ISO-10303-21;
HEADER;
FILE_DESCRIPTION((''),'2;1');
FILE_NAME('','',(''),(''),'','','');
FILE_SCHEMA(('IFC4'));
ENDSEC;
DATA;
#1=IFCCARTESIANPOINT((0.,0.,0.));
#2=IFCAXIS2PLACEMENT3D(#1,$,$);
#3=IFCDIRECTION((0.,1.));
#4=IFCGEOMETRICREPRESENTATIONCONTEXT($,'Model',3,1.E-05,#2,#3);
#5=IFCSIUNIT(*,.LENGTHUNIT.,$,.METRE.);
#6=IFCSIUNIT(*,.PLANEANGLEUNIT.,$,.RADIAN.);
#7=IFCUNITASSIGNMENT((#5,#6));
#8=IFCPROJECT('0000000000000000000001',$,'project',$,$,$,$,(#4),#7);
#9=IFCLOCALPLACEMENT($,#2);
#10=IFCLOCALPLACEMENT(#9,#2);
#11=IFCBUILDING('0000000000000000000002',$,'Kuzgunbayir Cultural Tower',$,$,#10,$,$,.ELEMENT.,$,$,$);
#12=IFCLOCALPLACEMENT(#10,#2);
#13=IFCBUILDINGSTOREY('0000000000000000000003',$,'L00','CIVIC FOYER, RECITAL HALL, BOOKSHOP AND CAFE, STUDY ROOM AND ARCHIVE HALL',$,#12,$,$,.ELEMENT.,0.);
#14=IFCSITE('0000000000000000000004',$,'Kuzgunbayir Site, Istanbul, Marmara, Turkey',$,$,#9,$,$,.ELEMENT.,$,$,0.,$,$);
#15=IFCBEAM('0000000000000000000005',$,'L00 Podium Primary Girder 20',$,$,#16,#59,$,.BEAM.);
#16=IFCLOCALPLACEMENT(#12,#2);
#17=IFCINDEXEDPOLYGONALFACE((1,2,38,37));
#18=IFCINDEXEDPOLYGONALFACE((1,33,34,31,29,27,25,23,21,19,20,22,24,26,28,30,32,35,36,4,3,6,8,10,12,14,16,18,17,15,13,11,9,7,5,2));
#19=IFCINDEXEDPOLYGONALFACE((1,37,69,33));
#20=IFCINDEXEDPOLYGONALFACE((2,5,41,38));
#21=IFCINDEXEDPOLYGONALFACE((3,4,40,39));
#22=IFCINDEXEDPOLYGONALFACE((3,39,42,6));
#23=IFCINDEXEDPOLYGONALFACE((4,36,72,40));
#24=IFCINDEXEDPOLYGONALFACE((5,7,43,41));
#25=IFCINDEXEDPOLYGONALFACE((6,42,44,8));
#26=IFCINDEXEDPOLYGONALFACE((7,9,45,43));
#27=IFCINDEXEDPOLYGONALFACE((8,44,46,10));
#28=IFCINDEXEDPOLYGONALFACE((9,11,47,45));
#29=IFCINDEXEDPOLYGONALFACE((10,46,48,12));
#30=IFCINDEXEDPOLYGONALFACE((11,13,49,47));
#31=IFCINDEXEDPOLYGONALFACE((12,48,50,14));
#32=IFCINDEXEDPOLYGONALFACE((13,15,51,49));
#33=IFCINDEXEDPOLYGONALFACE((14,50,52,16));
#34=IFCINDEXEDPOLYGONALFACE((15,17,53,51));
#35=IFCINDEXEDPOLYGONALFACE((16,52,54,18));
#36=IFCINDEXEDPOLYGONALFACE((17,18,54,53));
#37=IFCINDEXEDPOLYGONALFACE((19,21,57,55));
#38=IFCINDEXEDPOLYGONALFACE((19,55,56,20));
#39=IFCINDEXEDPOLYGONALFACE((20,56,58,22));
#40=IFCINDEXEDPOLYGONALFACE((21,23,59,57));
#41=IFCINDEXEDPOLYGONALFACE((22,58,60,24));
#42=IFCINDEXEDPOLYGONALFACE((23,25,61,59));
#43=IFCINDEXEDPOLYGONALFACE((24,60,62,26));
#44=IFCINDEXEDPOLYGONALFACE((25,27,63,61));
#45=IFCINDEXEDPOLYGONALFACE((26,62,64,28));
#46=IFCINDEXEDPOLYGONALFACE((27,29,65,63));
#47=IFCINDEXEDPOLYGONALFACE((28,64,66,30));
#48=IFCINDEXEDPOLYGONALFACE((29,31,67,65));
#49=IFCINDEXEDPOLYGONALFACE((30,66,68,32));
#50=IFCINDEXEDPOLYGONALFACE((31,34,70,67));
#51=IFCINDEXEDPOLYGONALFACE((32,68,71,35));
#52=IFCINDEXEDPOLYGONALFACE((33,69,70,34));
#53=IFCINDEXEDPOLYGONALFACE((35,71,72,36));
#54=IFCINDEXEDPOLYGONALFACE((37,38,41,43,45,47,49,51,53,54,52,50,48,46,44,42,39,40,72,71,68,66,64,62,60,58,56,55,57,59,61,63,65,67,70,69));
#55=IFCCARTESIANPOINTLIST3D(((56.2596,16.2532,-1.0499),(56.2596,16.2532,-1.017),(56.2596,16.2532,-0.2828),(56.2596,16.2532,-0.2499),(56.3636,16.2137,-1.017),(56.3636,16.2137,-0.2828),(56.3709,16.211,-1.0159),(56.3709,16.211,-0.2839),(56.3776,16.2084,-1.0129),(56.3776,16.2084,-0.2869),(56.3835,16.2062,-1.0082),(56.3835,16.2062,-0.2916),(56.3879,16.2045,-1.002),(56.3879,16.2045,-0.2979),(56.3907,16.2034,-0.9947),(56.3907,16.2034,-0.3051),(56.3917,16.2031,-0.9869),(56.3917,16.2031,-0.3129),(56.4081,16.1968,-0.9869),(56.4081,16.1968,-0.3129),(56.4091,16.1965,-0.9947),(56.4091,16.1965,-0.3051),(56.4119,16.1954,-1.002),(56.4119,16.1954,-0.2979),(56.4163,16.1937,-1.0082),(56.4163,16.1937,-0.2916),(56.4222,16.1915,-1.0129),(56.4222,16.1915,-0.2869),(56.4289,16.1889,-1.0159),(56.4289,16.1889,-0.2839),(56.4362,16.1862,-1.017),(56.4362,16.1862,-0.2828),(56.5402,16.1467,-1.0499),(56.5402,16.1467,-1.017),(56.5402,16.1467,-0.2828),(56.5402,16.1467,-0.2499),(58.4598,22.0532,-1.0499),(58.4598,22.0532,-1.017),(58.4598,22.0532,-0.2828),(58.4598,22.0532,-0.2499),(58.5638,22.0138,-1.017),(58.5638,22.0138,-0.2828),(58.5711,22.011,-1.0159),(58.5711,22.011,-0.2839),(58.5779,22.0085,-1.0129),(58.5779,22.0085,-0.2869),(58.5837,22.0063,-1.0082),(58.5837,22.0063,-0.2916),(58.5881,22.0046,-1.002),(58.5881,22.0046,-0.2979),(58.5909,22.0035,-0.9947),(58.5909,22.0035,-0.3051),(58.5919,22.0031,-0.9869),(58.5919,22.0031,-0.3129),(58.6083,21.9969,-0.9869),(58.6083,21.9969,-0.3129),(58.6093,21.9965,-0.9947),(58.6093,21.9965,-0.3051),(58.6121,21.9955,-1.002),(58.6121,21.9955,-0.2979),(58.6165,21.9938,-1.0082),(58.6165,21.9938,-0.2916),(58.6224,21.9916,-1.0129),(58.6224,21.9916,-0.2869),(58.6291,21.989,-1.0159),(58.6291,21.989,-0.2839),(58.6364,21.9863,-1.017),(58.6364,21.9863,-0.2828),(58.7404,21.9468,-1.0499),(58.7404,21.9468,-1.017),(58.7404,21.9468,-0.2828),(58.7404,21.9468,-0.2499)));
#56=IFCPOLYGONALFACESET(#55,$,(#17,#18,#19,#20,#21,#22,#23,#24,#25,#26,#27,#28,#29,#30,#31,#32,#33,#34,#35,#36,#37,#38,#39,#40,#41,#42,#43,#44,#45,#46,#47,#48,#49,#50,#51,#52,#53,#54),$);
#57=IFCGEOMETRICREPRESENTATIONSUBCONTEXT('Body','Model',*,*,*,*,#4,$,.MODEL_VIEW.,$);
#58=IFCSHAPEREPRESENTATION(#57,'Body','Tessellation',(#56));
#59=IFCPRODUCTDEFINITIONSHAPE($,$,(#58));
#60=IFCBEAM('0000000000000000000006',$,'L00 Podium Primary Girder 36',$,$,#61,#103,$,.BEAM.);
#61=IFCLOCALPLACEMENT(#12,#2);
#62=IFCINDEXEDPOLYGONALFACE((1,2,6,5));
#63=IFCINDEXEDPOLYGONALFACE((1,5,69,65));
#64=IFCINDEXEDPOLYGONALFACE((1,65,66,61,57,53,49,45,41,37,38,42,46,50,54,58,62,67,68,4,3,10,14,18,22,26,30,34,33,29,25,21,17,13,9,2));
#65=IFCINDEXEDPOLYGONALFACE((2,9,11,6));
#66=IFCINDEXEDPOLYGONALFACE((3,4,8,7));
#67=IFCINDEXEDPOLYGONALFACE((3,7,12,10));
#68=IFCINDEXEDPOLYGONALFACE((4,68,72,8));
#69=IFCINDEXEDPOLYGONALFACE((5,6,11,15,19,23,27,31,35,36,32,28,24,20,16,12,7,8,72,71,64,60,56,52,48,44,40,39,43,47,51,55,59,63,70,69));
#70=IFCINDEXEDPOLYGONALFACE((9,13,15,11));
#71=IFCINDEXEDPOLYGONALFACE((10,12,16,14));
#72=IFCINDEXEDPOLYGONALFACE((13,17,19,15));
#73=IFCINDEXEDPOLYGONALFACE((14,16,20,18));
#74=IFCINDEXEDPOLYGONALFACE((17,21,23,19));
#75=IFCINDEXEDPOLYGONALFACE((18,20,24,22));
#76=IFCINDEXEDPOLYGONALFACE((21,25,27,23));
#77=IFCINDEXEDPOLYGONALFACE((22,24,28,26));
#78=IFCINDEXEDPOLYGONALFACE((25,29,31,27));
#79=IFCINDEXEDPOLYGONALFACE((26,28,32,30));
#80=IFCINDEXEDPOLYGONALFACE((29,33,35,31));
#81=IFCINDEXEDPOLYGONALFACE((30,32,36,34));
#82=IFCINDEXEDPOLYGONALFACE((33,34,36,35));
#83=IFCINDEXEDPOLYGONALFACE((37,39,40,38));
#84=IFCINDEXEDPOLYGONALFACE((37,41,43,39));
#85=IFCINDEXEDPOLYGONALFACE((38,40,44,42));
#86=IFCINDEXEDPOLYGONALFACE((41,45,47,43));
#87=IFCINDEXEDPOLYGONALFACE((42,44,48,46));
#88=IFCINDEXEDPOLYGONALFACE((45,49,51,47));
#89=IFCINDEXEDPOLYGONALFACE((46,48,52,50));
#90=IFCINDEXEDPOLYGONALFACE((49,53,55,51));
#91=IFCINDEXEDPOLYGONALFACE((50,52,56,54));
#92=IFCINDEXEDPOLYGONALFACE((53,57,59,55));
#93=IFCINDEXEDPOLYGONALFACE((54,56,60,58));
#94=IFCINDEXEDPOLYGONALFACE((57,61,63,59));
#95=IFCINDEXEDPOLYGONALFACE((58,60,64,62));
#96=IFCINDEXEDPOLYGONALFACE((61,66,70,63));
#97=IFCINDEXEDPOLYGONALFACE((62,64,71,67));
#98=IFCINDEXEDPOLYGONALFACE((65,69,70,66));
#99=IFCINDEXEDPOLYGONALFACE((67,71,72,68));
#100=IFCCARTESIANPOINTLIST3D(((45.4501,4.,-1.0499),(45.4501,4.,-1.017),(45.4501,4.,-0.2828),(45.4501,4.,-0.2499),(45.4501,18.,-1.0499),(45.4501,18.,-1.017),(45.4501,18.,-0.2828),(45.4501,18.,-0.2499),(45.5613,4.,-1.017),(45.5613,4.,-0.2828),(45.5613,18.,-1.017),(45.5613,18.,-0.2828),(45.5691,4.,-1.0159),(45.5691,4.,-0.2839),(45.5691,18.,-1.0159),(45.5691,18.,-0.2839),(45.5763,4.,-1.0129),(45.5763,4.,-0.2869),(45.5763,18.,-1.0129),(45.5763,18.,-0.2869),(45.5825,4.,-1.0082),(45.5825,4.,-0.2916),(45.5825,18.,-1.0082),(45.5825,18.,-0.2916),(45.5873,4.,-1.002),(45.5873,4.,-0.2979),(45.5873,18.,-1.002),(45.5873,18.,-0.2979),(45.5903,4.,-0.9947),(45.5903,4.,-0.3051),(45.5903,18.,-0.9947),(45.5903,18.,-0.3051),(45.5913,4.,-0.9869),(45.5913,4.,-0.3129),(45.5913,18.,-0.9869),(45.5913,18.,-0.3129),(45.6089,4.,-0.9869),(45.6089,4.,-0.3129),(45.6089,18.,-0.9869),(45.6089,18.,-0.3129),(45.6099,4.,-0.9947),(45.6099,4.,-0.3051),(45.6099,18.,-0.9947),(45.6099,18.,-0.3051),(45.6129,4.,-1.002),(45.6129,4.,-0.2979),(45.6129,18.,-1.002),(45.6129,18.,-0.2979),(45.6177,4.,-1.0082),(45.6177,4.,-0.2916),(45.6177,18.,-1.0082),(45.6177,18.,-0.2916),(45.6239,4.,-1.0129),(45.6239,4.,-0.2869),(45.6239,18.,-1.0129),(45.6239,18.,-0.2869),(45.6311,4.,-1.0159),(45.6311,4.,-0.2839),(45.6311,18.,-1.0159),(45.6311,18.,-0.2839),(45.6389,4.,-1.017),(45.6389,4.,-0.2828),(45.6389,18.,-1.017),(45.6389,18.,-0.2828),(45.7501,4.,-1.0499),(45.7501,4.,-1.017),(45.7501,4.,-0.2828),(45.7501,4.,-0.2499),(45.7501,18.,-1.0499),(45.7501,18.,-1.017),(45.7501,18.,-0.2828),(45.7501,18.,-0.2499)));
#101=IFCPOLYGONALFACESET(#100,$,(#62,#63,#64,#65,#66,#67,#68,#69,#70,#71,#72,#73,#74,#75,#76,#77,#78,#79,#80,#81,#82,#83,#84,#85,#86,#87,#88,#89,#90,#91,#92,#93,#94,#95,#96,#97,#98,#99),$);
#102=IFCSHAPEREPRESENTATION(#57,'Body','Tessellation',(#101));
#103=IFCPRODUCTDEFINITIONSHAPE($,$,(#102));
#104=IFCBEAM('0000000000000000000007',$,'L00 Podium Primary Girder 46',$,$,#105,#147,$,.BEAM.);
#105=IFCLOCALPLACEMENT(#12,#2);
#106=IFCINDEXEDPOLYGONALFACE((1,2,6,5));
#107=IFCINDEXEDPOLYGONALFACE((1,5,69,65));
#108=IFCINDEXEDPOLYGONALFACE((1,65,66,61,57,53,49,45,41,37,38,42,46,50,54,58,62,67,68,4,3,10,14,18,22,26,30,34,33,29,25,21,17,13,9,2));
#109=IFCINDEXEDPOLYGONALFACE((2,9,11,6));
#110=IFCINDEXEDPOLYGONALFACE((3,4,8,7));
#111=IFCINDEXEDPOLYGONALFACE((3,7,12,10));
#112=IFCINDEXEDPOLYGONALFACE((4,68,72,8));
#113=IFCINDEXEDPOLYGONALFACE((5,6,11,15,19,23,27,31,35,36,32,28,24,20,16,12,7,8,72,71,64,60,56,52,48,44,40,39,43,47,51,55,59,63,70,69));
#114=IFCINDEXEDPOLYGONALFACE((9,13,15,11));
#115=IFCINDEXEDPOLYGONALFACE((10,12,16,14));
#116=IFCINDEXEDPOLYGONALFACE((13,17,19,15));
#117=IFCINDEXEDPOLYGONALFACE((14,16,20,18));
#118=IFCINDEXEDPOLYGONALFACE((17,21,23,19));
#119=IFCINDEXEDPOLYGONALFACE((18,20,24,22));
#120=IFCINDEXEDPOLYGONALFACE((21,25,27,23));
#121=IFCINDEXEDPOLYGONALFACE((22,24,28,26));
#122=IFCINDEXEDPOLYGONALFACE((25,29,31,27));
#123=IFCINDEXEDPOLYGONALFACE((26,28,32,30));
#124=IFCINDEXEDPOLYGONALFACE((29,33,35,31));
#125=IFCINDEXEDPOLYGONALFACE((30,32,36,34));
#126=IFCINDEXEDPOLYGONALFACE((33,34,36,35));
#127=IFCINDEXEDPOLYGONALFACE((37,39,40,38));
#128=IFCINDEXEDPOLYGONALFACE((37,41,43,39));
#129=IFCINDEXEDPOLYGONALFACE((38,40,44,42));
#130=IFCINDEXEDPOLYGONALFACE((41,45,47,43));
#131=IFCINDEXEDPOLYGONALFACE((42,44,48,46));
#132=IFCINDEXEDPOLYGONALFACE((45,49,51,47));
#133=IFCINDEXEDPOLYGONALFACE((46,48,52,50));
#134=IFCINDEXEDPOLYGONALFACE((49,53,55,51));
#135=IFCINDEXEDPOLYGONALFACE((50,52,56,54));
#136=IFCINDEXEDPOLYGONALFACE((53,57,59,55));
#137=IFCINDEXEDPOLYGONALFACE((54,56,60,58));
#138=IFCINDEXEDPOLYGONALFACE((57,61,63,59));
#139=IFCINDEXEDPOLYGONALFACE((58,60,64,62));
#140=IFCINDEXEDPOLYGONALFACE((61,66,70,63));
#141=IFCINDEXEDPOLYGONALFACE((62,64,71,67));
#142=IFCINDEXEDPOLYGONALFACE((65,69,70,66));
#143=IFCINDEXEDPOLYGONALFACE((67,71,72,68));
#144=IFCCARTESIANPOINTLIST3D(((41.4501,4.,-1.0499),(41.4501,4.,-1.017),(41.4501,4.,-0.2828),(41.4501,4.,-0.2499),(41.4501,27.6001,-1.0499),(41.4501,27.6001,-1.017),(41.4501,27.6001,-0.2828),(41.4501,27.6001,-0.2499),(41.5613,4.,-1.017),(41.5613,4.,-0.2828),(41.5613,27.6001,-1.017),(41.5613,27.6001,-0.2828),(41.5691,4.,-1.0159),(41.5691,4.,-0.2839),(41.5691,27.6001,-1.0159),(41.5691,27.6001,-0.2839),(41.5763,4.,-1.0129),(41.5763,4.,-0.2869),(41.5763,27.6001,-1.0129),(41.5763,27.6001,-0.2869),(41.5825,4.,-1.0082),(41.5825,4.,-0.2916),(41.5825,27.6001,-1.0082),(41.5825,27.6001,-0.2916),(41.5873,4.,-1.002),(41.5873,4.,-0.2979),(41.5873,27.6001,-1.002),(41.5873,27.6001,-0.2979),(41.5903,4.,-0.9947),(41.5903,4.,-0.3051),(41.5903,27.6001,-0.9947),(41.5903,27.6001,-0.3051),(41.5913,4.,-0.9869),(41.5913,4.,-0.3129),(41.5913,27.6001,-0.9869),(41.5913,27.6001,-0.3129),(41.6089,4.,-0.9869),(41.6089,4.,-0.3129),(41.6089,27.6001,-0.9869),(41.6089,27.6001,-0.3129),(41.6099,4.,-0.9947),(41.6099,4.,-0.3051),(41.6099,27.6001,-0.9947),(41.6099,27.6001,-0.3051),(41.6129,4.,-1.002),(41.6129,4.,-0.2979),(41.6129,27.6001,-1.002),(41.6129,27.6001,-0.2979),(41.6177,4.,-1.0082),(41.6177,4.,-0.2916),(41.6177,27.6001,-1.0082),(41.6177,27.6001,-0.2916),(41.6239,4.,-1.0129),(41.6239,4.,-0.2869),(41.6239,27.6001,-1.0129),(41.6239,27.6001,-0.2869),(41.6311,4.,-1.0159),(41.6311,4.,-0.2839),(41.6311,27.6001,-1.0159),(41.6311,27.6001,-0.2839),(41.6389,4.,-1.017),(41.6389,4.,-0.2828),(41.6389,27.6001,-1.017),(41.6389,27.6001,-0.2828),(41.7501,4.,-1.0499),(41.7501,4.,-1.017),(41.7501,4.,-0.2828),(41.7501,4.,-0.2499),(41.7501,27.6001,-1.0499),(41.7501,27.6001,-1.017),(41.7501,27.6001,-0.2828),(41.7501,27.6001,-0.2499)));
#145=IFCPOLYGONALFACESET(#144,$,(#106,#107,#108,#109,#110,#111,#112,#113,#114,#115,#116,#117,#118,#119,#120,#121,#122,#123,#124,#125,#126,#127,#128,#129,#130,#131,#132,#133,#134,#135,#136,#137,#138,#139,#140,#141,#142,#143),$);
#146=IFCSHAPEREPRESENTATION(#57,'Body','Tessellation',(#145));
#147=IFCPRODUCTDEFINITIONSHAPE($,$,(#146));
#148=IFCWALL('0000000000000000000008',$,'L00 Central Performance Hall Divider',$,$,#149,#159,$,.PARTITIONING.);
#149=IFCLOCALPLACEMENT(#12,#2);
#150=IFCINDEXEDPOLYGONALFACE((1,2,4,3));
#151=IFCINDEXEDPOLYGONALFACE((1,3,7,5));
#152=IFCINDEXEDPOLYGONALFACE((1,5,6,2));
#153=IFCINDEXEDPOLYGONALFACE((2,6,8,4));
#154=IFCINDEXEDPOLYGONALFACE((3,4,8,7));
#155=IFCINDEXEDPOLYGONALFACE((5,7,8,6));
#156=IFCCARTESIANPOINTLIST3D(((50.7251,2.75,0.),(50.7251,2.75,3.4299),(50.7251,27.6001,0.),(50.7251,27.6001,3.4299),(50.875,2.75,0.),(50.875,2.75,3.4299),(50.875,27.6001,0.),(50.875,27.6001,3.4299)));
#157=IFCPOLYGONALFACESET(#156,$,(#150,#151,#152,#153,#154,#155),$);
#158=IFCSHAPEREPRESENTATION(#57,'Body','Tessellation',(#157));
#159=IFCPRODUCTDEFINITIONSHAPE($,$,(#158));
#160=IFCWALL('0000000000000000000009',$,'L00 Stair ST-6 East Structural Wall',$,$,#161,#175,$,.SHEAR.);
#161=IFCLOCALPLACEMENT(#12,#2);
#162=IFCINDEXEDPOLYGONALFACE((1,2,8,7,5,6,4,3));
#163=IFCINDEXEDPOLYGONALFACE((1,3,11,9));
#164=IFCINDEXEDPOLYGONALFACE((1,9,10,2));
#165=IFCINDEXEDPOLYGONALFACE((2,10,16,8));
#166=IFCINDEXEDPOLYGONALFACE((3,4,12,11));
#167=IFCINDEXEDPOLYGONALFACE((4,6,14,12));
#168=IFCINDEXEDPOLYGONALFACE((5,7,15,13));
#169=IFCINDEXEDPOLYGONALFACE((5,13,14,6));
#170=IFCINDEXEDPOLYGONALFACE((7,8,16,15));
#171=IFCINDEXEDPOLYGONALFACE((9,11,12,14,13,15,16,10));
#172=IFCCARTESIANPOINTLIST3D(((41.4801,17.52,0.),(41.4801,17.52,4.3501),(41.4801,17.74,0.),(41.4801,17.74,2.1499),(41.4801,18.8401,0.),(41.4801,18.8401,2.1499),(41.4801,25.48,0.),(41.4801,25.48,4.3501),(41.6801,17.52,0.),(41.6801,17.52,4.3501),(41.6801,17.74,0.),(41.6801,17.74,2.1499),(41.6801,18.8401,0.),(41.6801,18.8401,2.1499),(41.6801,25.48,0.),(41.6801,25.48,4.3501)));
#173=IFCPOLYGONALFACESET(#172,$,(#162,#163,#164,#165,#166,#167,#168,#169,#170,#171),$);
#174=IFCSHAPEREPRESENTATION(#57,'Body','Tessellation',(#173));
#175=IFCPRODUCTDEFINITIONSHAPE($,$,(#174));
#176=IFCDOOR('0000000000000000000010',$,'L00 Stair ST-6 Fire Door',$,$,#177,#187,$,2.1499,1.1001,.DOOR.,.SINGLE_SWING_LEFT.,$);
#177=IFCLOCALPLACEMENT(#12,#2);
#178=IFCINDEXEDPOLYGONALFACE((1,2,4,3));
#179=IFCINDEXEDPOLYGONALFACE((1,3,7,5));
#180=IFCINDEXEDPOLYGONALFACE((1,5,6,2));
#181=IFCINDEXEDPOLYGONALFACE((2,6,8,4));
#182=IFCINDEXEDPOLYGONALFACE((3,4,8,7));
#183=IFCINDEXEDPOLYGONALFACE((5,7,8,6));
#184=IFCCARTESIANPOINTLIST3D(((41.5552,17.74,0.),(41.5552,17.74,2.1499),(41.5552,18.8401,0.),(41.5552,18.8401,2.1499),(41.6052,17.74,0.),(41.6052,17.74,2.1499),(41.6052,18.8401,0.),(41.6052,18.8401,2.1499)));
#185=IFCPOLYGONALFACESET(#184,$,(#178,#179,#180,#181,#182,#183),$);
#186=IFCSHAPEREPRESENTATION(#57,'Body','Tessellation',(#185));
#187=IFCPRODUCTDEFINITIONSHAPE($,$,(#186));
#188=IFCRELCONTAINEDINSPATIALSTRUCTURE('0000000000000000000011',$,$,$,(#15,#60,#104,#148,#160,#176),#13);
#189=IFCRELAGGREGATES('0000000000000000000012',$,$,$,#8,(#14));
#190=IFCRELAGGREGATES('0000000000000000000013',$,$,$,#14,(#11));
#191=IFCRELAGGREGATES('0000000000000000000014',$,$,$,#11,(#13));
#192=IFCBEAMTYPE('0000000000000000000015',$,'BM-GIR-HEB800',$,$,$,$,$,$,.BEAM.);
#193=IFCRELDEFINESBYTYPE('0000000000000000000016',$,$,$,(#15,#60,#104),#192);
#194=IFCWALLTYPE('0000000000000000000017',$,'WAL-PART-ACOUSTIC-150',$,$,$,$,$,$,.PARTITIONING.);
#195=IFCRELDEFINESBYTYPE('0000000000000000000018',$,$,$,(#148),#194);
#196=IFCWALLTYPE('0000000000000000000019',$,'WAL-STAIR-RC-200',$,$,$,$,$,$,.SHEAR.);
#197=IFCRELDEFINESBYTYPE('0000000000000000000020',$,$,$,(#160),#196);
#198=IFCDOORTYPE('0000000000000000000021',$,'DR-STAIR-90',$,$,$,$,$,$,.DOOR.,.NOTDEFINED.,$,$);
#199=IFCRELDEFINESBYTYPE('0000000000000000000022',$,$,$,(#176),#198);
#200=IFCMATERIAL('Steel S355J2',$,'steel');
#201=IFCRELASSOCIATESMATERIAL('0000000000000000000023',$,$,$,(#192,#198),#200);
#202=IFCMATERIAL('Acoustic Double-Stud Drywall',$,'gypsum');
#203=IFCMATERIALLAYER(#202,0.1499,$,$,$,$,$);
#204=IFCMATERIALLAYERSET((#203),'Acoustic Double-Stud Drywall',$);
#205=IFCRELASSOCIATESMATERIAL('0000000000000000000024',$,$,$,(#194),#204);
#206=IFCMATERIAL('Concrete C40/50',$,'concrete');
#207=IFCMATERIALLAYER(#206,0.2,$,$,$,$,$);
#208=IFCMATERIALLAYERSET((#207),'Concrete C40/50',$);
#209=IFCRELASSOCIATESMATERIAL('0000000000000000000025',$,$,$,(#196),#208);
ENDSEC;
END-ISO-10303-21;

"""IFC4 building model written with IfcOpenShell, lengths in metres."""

from ifc_helpers import new_model, si_unit, direction, frame, frame_2d, origin, origin_2d, place, context, subcontext, project, spatial, rectangle, i_section, extrude, material, layer, layer_set, material_profile, profile_set, type_object, element, fill, save


model = new_model("IFC4")

# Units and contexts
model_context = context("Model", 3, precision=1e-05, world=origin(), true_north=direction((0.0, 1.0)))
body_context = subcontext(model_context, "Body", "Model", "MODEL_VIEW")
ifc_project = project(units=[si_unit("LENGTHUNIT", "METRE"), si_unit("PLANEANGLEUNIT", "RADIAN")], contexts=[model_context])

# Site, building, storey
site_placement = place(None, origin())
site = spatial("IfcSite", under=ifc_project, at=site_placement, Name="Kuzgunbayir Site, Istanbul, Marmara, Turkey", CompositionType="ELEMENT", RefElevation=0.0)
building_placement = place(site_placement, origin())
building = spatial("IfcBuilding", under=site, at=building_placement, Name="Kuzgunbayir Cultural Tower", CompositionType="ELEMENT")
storey_placement = place(building_placement, origin())
storey = spatial("IfcBuildingStorey", under=building, at=storey_placement, Name="L00", Description="CIVIC FOYER, RECITAL HALL, BOOKSHOP AND CAFE, STUDY ROOM AND ARCHIVE HALL", CompositionType="ELEMENT", Elevation=0.0)

# Beams
ifc_material_1 = material(Name="Steel S355J2", Category="steel")
ifc_material_profile_1 = material_profile(ifc_material_1, i_section(OverallWidth=0.3, OverallDepth=0.8, WebThickness=0.0176, FlangeThickness=0.033, FilletRadius=0.03, at=origin_2d()), Name="HEB 800")
ifc_profile_set_1 = profile_set([ifc_material_profile_1], Name="Steel S355J2")
beam_type = type_object("IfcBeamType", Name="BM-GIR-HEB800", PredefinedType="BEAM", material=ifc_profile_set_1)
beam_1_placement = place(storey_placement, frame((56.3999, 16.2, -0.6499), z_axis=(0.354679, 0.934988, 0.0), x_axis=(-0.934988, 0.354679, 0.0)))
element("IfcBeam", 1, at=beam_1_placement, inside=storey, type_object=beam_type, Name="L00 Podium Primary Girder 20", PredefinedType="BEAM", context=body_context, shape_type="SweptSolid", body=[
    extrude(i_section(OverallWidth=0.3, OverallDepth=0.8, WebThickness=0.0176, FlangeThickness=0.033, FilletRadius=0.03, at=origin_2d()), origin(), (0.0, 0.0, 1.0), 6.2034),
])
beam_2_placement = place(storey_placement, frame((45.6001, 4.0, -0.6499), z_axis=(0.0, 1.0, 0.0), x_axis=(-1.0, 0.0, 0.0)))
element("IfcBeam", 2, at=beam_2_placement, inside=storey, type_object=beam_type, Name="L00 Podium Primary Girder 36", PredefinedType="BEAM", context=body_context, shape_type="SweptSolid", body=[
    extrude(i_section(OverallWidth=0.3, OverallDepth=0.8, WebThickness=0.0176, FlangeThickness=0.033, FilletRadius=0.03, at=origin_2d()), origin(), (0.0, 0.0, 1.0), 14.0),
])
beam_3_placement = place(storey_placement, frame((41.6001, 4.0, -0.6499), z_axis=(0.0, 1.0, 0.0), x_axis=(-1.0, 0.0, 0.0)))
element("IfcBeam", 3, at=beam_3_placement, inside=storey, type_object=beam_type, Name="L00 Podium Primary Girder 46", PredefinedType="BEAM", context=body_context, shape_type="SweptSolid", body=[
    extrude(i_section(OverallWidth=0.3, OverallDepth=0.8, WebThickness=0.0176, FlangeThickness=0.033, FilletRadius=0.03, at=origin_2d()), origin(), (0.0, 0.0, 1.0), 23.6001),
])

# Wall
ifc_material_2 = material(Name="Acoustic Double-Stud Drywall", Category="gypsum")
ifc_layer_1 = layer(ifc_material_2, 0.1499)
ifc_layer_set_1 = layer_set([ifc_layer_1], Name="Acoustic Double-Stud Drywall")
wall_type_1 = type_object("IfcWallType", Name="WAL-PART-ACOUSTIC-150", PredefinedType="PARTITIONING", material=ifc_layer_set_1)
wall_1_placement = place(storey_placement, frame((50.8, 2.75, 0.0), z_axis=(0.0, 0.0, 1.0), x_axis=(0.0, 1.0, 0.0)))
element("IfcWall", 4, at=wall_1_placement, inside=storey, type_object=wall_type_1, Name="L00 Central Performance Hall Divider", PredefinedType="PARTITIONING", context=body_context, shape_type="SweptSolid", body=[
    extrude(rectangle(XDim=24.8501, YDim=0.1499, at=frame_2d((12.425, 0.0))), origin(), (0.0, 0.0, 1.0), 3.4299),
])

# Wall, opening, door
ifc_material_3 = material(Name="Concrete C40/50", Category="concrete")
ifc_layer_2 = layer(ifc_material_3, 0.2)
ifc_layer_set_2 = layer_set([ifc_layer_2], Name="Concrete C40/50")
wall_type_2 = type_object("IfcWallType", Name="WAL-STAIR-RC-200", PredefinedType="SHEAR", material=ifc_layer_set_2)
wall_2_placement = place(storey_placement, frame((41.5801, 17.52, 0.0), z_axis=(0.0, 0.0, 1.0), x_axis=(0.0, 1.0, 0.0)))
wall_2 = element("IfcWall", 5, at=wall_2_placement, inside=storey, type_object=wall_type_2, Name="L00 Stair ST-6 East Structural Wall", PredefinedType="SHEAR", context=body_context, shape_type="SweptSolid", body=[
    extrude(rectangle(XDim=7.96, YDim=0.2, at=frame_2d((3.98, 0.0))), origin(), (0.0, 0.0, 1.0), 4.3501),
])
opening_placement = place(wall_2_placement, frame((0.22, 0.0, 0.0)))
opening = element("IfcOpeningElement", 6, at=opening_placement, cuts=wall_2, PredefinedType="OPENING", context=body_context, shape_type="SweptSolid", body=[
    extrude(rectangle(XDim=1.1001, YDim=2.1499, at=frame_2d((0.55, 1.075))), frame((0.0, 0.1099, 0.0), z_axis=(0.0, -1.0, 0.0), x_axis=(1.0, 0.0, 0.0)), (0.0, 0.0, 1.0), 0.22),
])
door_type = type_object("IfcDoorType", Name="DR-STAIR-90", OperationType="NOTDEFINED", PredefinedType="DOOR", material=ifc_material_1)
door_placement = place(opening_placement, origin())
door = element("IfcDoor", 7, at=door_placement, inside=storey, type_object=door_type, Name="L00 Stair ST-6 Fire Door", OperationType="SINGLE_SWING_LEFT", OverallHeight=2.1499, OverallWidth=1.1001, PredefinedType="DOOR", context=body_context, shape_type="SweptSolid", body=[
    extrude(rectangle(XDim=1.1001, YDim=2.1499, at=frame_2d((0.55, 1.075))), frame((0.0, 0.0249, 0.0), z_axis=(0.0, -1.0, 0.0), x_axis=(1.0, 0.0, 0.0)), (0.0, 0.0, 1.0), 0.05),
])
fill(opening, door)

save(model, "model.ifc")
